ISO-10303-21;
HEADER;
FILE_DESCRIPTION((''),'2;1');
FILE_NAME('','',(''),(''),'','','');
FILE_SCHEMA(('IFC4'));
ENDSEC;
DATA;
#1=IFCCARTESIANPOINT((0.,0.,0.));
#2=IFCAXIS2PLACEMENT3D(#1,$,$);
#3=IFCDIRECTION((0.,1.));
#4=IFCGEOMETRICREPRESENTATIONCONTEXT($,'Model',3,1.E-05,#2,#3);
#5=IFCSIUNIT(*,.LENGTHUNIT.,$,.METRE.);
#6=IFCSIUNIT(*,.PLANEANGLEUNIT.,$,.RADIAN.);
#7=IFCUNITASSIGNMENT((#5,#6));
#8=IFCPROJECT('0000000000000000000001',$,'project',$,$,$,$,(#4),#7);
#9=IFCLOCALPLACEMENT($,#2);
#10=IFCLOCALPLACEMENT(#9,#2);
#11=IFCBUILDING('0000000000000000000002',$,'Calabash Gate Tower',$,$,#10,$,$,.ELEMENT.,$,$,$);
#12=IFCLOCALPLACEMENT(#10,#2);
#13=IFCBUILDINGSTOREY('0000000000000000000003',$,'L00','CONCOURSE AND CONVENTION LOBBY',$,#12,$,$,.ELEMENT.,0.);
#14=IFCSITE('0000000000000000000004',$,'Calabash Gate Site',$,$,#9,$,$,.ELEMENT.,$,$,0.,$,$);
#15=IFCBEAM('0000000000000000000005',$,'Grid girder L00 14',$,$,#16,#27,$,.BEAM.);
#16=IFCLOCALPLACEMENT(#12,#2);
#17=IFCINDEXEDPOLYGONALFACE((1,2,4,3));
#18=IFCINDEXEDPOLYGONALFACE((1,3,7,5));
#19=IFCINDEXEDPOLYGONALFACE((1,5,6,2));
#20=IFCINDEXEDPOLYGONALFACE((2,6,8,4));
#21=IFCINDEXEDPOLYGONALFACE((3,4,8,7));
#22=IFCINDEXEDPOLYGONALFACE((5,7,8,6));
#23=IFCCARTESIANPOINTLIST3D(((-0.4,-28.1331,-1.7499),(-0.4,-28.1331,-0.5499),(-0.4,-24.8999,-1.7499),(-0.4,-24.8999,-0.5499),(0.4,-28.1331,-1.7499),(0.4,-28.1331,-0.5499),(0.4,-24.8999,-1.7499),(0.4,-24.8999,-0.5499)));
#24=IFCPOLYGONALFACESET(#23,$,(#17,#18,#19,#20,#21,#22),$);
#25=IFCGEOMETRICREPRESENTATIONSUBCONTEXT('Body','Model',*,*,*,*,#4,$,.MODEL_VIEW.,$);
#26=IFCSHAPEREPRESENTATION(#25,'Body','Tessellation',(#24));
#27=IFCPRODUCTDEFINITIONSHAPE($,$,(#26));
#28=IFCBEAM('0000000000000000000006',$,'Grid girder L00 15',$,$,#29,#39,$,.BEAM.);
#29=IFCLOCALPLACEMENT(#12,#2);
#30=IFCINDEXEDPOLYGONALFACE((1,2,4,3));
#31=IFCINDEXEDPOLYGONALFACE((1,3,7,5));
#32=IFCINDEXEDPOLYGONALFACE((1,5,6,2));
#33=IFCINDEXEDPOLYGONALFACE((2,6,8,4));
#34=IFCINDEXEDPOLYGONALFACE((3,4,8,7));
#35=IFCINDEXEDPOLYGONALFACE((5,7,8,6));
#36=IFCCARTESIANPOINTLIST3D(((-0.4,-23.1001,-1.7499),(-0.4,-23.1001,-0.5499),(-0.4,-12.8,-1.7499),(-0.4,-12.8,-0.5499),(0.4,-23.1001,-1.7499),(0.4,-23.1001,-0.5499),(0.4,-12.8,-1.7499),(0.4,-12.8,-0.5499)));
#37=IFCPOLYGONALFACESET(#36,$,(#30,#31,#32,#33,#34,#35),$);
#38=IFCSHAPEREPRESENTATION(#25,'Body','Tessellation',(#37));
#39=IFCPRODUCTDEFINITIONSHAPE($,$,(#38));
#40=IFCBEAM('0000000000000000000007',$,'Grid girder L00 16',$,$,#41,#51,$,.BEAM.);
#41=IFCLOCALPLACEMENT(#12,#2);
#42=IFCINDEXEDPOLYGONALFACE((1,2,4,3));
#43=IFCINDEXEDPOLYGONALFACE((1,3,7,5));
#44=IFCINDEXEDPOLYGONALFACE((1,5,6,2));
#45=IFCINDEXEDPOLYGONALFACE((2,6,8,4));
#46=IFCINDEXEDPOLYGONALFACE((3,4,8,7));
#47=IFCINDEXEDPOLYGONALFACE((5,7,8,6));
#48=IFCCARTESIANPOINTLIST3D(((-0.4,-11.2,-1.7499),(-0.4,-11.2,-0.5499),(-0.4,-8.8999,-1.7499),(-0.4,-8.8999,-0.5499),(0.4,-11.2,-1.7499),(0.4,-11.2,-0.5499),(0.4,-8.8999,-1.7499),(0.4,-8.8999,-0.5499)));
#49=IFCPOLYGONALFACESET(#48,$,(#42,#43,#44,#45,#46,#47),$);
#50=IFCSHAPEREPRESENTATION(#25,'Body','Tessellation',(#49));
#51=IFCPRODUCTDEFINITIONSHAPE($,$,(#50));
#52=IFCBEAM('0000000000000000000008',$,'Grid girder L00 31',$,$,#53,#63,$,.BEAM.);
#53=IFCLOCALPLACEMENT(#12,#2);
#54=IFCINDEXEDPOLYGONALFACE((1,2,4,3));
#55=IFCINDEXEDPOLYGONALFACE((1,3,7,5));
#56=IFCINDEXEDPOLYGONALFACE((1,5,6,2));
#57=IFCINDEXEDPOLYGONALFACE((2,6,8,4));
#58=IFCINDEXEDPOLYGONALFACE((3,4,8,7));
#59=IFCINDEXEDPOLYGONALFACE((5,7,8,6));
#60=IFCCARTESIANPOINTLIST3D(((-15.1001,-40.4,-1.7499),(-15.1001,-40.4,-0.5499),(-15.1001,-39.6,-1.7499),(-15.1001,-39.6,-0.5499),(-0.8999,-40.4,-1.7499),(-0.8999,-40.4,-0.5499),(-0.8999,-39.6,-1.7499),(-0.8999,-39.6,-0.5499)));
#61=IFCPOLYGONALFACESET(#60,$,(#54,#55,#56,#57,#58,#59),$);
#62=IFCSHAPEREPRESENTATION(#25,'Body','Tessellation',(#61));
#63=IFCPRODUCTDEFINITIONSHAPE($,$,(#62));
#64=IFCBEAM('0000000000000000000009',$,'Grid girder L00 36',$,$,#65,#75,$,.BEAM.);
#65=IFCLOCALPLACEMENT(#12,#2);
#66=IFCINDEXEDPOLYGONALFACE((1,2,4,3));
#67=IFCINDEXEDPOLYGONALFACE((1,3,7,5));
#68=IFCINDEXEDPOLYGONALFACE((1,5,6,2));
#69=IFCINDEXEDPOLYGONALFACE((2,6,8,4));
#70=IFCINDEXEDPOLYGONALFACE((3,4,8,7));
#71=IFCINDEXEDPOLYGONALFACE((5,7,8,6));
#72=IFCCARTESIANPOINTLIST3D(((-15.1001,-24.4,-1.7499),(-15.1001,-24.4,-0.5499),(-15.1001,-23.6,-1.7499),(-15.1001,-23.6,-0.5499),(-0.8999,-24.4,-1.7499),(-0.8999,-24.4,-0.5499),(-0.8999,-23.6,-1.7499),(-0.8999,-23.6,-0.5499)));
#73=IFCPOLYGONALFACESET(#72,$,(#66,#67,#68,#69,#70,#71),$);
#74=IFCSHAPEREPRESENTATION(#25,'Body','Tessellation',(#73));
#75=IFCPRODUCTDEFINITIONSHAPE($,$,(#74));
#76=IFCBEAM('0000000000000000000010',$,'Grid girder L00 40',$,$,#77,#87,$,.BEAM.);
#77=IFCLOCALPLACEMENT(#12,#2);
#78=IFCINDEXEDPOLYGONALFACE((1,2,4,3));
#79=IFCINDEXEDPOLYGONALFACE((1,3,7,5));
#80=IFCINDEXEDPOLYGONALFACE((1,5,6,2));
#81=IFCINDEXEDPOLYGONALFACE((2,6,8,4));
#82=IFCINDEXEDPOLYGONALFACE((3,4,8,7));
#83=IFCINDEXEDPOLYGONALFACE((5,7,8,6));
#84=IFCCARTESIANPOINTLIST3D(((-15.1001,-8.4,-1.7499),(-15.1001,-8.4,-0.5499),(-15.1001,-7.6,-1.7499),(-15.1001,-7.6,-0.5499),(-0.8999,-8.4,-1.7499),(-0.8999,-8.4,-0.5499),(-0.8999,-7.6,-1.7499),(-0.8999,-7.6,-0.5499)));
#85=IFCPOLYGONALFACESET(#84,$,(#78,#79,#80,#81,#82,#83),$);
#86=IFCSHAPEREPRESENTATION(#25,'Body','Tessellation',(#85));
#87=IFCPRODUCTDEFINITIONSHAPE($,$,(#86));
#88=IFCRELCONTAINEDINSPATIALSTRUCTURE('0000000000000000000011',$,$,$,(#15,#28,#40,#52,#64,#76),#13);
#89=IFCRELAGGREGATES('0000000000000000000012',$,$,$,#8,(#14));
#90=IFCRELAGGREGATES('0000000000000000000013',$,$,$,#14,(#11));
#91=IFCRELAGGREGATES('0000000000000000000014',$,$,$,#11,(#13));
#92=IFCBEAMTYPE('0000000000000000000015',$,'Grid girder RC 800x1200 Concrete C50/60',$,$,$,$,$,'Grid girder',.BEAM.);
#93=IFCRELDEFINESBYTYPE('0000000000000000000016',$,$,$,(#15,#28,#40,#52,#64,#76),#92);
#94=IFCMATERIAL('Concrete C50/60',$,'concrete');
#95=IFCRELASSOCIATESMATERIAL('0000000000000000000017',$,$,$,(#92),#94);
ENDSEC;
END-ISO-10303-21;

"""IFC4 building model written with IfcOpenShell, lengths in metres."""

from ifc_helpers import new_model, si_unit, direction, frame, origin, origin_2d, place, context, subcontext, project, spatial, rectangle, extrude, material, material_profile, profile_set, type_object, element, save


model = new_model("IFC4")

# Units and contexts
model_context = context("Model", 3, precision=1e-05, world=origin(), true_north=direction((0.0, 1.0)))
body_context = subcontext(model_context, "Body", "Model", "MODEL_VIEW")
ifc_project = project(units=[si_unit("LENGTHUNIT", "METRE"), si_unit("PLANEANGLEUNIT", "RADIAN")], contexts=[model_context])

# Site, building, storey
site_placement = place(None, origin())
site = spatial("IfcSite", under=ifc_project, at=site_placement, Name="Calabash Gate Site", CompositionType="ELEMENT", RefElevation=0.0)
building_placement = place(site_placement, origin())
building = spatial("IfcBuilding", under=site, at=building_placement, Name="Calabash Gate Tower", CompositionType="ELEMENT")
storey_placement = place(building_placement, origin())
storey = spatial("IfcBuildingStorey", under=building, at=storey_placement, Name="L00", Description="CONCOURSE AND CONVENTION LOBBY", CompositionType="ELEMENT", Elevation=0.0)

# Beams
ifc_material_1 = material(Name="Concrete C50/60", Category="concrete")
ifc_material_profile_1 = material_profile(ifc_material_1, rectangle(XDim=0.8, YDim=1.2, at=origin_2d()))
ifc_profile_set_1 = profile_set([ifc_material_profile_1], Name="Concrete C50/60")
beam_type_1 = type_object("IfcBeamType", Name="Grid girder RC 800x1200 Concrete C50/60", ElementType="Grid girder", PredefinedType="BEAM", material=ifc_profile_set_1)
beam_1_placement = place(storey_placement, frame((0.0, -28.1331, -1.1499), z_axis=(0.0, 1.0, 0.0), x_axis=(-1.0, 0.0, 0.0)))
element("IfcBeam", 1, at=beam_1_placement, inside=storey, type_object=beam_type_1, Name="Grid girder L00 14", PredefinedType="BEAM", context=body_context, shape_type="SweptSolid", body=[
    extrude(rectangle(XDim=0.8, YDim=1.2, at=origin_2d()), origin(), (0.0, 0.0, 1.0), 3.2332),
])
beam_2_placement = place(storey_placement, frame((0.0, -23.1001, -1.1499), z_axis=(0.0, 1.0, 0.0), x_axis=(-1.0, 0.0, 0.0)))
element("IfcBeam", 2, at=beam_2_placement, inside=storey, type_object=beam_type_1, Name="Grid girder L00 15", PredefinedType="BEAM", context=body_context, shape_type="SweptSolid", body=[
    extrude(rectangle(XDim=0.8, YDim=1.2, at=origin_2d()), origin(), (0.0, 0.0, 1.0), 10.3),
])
beam_3_placement = place(storey_placement, frame((0.0, -11.2, -1.1499), z_axis=(0.0, 1.0, 0.0), x_axis=(-1.0, 0.0, 0.0)))
element("IfcBeam", 3, at=beam_3_placement, inside=storey, type_object=beam_type_1, Name="Grid girder L00 16", PredefinedType="BEAM", context=body_context, shape_type="SweptSolid", body=[
    extrude(rectangle(XDim=0.8, YDim=1.2, at=origin_2d()), origin(), (0.0, 0.0, 1.0), 2.3),
])
for number, where, z_axis, x_axis, name in (
    (4, (-15.1001, -40.0, -1.1499), (1.0, 0.0, 0.0), (0.0, 1.0, 0.0), "Grid girder L00 31"),
    (5, (-15.1001, -24.0, -1.1499), (1.0, 0.0, 0.0), (0.0, 1.0, 0.0), "Grid girder L00 36"),
    (6, (-15.1001, -8.0, -1.1499), (1.0, 0.0, 0.0), (0.0, 1.0, 0.0), "Grid girder L00 40"),
):
    element("IfcBeam", number, at=place(storey_placement, frame(where, z_axis=z_axis, x_axis=x_axis)), inside=storey, type_object=beam_type_1, Name=name, PredefinedType="BEAM", context=body_context, shape_type="SweptSolid", body=[
        extrude(rectangle(XDim=0.8, YDim=1.2, at=origin_2d()), origin(), (0.0, 0.0, 1.0), 14.2002),
    ])

save(model, "model.ifc")
